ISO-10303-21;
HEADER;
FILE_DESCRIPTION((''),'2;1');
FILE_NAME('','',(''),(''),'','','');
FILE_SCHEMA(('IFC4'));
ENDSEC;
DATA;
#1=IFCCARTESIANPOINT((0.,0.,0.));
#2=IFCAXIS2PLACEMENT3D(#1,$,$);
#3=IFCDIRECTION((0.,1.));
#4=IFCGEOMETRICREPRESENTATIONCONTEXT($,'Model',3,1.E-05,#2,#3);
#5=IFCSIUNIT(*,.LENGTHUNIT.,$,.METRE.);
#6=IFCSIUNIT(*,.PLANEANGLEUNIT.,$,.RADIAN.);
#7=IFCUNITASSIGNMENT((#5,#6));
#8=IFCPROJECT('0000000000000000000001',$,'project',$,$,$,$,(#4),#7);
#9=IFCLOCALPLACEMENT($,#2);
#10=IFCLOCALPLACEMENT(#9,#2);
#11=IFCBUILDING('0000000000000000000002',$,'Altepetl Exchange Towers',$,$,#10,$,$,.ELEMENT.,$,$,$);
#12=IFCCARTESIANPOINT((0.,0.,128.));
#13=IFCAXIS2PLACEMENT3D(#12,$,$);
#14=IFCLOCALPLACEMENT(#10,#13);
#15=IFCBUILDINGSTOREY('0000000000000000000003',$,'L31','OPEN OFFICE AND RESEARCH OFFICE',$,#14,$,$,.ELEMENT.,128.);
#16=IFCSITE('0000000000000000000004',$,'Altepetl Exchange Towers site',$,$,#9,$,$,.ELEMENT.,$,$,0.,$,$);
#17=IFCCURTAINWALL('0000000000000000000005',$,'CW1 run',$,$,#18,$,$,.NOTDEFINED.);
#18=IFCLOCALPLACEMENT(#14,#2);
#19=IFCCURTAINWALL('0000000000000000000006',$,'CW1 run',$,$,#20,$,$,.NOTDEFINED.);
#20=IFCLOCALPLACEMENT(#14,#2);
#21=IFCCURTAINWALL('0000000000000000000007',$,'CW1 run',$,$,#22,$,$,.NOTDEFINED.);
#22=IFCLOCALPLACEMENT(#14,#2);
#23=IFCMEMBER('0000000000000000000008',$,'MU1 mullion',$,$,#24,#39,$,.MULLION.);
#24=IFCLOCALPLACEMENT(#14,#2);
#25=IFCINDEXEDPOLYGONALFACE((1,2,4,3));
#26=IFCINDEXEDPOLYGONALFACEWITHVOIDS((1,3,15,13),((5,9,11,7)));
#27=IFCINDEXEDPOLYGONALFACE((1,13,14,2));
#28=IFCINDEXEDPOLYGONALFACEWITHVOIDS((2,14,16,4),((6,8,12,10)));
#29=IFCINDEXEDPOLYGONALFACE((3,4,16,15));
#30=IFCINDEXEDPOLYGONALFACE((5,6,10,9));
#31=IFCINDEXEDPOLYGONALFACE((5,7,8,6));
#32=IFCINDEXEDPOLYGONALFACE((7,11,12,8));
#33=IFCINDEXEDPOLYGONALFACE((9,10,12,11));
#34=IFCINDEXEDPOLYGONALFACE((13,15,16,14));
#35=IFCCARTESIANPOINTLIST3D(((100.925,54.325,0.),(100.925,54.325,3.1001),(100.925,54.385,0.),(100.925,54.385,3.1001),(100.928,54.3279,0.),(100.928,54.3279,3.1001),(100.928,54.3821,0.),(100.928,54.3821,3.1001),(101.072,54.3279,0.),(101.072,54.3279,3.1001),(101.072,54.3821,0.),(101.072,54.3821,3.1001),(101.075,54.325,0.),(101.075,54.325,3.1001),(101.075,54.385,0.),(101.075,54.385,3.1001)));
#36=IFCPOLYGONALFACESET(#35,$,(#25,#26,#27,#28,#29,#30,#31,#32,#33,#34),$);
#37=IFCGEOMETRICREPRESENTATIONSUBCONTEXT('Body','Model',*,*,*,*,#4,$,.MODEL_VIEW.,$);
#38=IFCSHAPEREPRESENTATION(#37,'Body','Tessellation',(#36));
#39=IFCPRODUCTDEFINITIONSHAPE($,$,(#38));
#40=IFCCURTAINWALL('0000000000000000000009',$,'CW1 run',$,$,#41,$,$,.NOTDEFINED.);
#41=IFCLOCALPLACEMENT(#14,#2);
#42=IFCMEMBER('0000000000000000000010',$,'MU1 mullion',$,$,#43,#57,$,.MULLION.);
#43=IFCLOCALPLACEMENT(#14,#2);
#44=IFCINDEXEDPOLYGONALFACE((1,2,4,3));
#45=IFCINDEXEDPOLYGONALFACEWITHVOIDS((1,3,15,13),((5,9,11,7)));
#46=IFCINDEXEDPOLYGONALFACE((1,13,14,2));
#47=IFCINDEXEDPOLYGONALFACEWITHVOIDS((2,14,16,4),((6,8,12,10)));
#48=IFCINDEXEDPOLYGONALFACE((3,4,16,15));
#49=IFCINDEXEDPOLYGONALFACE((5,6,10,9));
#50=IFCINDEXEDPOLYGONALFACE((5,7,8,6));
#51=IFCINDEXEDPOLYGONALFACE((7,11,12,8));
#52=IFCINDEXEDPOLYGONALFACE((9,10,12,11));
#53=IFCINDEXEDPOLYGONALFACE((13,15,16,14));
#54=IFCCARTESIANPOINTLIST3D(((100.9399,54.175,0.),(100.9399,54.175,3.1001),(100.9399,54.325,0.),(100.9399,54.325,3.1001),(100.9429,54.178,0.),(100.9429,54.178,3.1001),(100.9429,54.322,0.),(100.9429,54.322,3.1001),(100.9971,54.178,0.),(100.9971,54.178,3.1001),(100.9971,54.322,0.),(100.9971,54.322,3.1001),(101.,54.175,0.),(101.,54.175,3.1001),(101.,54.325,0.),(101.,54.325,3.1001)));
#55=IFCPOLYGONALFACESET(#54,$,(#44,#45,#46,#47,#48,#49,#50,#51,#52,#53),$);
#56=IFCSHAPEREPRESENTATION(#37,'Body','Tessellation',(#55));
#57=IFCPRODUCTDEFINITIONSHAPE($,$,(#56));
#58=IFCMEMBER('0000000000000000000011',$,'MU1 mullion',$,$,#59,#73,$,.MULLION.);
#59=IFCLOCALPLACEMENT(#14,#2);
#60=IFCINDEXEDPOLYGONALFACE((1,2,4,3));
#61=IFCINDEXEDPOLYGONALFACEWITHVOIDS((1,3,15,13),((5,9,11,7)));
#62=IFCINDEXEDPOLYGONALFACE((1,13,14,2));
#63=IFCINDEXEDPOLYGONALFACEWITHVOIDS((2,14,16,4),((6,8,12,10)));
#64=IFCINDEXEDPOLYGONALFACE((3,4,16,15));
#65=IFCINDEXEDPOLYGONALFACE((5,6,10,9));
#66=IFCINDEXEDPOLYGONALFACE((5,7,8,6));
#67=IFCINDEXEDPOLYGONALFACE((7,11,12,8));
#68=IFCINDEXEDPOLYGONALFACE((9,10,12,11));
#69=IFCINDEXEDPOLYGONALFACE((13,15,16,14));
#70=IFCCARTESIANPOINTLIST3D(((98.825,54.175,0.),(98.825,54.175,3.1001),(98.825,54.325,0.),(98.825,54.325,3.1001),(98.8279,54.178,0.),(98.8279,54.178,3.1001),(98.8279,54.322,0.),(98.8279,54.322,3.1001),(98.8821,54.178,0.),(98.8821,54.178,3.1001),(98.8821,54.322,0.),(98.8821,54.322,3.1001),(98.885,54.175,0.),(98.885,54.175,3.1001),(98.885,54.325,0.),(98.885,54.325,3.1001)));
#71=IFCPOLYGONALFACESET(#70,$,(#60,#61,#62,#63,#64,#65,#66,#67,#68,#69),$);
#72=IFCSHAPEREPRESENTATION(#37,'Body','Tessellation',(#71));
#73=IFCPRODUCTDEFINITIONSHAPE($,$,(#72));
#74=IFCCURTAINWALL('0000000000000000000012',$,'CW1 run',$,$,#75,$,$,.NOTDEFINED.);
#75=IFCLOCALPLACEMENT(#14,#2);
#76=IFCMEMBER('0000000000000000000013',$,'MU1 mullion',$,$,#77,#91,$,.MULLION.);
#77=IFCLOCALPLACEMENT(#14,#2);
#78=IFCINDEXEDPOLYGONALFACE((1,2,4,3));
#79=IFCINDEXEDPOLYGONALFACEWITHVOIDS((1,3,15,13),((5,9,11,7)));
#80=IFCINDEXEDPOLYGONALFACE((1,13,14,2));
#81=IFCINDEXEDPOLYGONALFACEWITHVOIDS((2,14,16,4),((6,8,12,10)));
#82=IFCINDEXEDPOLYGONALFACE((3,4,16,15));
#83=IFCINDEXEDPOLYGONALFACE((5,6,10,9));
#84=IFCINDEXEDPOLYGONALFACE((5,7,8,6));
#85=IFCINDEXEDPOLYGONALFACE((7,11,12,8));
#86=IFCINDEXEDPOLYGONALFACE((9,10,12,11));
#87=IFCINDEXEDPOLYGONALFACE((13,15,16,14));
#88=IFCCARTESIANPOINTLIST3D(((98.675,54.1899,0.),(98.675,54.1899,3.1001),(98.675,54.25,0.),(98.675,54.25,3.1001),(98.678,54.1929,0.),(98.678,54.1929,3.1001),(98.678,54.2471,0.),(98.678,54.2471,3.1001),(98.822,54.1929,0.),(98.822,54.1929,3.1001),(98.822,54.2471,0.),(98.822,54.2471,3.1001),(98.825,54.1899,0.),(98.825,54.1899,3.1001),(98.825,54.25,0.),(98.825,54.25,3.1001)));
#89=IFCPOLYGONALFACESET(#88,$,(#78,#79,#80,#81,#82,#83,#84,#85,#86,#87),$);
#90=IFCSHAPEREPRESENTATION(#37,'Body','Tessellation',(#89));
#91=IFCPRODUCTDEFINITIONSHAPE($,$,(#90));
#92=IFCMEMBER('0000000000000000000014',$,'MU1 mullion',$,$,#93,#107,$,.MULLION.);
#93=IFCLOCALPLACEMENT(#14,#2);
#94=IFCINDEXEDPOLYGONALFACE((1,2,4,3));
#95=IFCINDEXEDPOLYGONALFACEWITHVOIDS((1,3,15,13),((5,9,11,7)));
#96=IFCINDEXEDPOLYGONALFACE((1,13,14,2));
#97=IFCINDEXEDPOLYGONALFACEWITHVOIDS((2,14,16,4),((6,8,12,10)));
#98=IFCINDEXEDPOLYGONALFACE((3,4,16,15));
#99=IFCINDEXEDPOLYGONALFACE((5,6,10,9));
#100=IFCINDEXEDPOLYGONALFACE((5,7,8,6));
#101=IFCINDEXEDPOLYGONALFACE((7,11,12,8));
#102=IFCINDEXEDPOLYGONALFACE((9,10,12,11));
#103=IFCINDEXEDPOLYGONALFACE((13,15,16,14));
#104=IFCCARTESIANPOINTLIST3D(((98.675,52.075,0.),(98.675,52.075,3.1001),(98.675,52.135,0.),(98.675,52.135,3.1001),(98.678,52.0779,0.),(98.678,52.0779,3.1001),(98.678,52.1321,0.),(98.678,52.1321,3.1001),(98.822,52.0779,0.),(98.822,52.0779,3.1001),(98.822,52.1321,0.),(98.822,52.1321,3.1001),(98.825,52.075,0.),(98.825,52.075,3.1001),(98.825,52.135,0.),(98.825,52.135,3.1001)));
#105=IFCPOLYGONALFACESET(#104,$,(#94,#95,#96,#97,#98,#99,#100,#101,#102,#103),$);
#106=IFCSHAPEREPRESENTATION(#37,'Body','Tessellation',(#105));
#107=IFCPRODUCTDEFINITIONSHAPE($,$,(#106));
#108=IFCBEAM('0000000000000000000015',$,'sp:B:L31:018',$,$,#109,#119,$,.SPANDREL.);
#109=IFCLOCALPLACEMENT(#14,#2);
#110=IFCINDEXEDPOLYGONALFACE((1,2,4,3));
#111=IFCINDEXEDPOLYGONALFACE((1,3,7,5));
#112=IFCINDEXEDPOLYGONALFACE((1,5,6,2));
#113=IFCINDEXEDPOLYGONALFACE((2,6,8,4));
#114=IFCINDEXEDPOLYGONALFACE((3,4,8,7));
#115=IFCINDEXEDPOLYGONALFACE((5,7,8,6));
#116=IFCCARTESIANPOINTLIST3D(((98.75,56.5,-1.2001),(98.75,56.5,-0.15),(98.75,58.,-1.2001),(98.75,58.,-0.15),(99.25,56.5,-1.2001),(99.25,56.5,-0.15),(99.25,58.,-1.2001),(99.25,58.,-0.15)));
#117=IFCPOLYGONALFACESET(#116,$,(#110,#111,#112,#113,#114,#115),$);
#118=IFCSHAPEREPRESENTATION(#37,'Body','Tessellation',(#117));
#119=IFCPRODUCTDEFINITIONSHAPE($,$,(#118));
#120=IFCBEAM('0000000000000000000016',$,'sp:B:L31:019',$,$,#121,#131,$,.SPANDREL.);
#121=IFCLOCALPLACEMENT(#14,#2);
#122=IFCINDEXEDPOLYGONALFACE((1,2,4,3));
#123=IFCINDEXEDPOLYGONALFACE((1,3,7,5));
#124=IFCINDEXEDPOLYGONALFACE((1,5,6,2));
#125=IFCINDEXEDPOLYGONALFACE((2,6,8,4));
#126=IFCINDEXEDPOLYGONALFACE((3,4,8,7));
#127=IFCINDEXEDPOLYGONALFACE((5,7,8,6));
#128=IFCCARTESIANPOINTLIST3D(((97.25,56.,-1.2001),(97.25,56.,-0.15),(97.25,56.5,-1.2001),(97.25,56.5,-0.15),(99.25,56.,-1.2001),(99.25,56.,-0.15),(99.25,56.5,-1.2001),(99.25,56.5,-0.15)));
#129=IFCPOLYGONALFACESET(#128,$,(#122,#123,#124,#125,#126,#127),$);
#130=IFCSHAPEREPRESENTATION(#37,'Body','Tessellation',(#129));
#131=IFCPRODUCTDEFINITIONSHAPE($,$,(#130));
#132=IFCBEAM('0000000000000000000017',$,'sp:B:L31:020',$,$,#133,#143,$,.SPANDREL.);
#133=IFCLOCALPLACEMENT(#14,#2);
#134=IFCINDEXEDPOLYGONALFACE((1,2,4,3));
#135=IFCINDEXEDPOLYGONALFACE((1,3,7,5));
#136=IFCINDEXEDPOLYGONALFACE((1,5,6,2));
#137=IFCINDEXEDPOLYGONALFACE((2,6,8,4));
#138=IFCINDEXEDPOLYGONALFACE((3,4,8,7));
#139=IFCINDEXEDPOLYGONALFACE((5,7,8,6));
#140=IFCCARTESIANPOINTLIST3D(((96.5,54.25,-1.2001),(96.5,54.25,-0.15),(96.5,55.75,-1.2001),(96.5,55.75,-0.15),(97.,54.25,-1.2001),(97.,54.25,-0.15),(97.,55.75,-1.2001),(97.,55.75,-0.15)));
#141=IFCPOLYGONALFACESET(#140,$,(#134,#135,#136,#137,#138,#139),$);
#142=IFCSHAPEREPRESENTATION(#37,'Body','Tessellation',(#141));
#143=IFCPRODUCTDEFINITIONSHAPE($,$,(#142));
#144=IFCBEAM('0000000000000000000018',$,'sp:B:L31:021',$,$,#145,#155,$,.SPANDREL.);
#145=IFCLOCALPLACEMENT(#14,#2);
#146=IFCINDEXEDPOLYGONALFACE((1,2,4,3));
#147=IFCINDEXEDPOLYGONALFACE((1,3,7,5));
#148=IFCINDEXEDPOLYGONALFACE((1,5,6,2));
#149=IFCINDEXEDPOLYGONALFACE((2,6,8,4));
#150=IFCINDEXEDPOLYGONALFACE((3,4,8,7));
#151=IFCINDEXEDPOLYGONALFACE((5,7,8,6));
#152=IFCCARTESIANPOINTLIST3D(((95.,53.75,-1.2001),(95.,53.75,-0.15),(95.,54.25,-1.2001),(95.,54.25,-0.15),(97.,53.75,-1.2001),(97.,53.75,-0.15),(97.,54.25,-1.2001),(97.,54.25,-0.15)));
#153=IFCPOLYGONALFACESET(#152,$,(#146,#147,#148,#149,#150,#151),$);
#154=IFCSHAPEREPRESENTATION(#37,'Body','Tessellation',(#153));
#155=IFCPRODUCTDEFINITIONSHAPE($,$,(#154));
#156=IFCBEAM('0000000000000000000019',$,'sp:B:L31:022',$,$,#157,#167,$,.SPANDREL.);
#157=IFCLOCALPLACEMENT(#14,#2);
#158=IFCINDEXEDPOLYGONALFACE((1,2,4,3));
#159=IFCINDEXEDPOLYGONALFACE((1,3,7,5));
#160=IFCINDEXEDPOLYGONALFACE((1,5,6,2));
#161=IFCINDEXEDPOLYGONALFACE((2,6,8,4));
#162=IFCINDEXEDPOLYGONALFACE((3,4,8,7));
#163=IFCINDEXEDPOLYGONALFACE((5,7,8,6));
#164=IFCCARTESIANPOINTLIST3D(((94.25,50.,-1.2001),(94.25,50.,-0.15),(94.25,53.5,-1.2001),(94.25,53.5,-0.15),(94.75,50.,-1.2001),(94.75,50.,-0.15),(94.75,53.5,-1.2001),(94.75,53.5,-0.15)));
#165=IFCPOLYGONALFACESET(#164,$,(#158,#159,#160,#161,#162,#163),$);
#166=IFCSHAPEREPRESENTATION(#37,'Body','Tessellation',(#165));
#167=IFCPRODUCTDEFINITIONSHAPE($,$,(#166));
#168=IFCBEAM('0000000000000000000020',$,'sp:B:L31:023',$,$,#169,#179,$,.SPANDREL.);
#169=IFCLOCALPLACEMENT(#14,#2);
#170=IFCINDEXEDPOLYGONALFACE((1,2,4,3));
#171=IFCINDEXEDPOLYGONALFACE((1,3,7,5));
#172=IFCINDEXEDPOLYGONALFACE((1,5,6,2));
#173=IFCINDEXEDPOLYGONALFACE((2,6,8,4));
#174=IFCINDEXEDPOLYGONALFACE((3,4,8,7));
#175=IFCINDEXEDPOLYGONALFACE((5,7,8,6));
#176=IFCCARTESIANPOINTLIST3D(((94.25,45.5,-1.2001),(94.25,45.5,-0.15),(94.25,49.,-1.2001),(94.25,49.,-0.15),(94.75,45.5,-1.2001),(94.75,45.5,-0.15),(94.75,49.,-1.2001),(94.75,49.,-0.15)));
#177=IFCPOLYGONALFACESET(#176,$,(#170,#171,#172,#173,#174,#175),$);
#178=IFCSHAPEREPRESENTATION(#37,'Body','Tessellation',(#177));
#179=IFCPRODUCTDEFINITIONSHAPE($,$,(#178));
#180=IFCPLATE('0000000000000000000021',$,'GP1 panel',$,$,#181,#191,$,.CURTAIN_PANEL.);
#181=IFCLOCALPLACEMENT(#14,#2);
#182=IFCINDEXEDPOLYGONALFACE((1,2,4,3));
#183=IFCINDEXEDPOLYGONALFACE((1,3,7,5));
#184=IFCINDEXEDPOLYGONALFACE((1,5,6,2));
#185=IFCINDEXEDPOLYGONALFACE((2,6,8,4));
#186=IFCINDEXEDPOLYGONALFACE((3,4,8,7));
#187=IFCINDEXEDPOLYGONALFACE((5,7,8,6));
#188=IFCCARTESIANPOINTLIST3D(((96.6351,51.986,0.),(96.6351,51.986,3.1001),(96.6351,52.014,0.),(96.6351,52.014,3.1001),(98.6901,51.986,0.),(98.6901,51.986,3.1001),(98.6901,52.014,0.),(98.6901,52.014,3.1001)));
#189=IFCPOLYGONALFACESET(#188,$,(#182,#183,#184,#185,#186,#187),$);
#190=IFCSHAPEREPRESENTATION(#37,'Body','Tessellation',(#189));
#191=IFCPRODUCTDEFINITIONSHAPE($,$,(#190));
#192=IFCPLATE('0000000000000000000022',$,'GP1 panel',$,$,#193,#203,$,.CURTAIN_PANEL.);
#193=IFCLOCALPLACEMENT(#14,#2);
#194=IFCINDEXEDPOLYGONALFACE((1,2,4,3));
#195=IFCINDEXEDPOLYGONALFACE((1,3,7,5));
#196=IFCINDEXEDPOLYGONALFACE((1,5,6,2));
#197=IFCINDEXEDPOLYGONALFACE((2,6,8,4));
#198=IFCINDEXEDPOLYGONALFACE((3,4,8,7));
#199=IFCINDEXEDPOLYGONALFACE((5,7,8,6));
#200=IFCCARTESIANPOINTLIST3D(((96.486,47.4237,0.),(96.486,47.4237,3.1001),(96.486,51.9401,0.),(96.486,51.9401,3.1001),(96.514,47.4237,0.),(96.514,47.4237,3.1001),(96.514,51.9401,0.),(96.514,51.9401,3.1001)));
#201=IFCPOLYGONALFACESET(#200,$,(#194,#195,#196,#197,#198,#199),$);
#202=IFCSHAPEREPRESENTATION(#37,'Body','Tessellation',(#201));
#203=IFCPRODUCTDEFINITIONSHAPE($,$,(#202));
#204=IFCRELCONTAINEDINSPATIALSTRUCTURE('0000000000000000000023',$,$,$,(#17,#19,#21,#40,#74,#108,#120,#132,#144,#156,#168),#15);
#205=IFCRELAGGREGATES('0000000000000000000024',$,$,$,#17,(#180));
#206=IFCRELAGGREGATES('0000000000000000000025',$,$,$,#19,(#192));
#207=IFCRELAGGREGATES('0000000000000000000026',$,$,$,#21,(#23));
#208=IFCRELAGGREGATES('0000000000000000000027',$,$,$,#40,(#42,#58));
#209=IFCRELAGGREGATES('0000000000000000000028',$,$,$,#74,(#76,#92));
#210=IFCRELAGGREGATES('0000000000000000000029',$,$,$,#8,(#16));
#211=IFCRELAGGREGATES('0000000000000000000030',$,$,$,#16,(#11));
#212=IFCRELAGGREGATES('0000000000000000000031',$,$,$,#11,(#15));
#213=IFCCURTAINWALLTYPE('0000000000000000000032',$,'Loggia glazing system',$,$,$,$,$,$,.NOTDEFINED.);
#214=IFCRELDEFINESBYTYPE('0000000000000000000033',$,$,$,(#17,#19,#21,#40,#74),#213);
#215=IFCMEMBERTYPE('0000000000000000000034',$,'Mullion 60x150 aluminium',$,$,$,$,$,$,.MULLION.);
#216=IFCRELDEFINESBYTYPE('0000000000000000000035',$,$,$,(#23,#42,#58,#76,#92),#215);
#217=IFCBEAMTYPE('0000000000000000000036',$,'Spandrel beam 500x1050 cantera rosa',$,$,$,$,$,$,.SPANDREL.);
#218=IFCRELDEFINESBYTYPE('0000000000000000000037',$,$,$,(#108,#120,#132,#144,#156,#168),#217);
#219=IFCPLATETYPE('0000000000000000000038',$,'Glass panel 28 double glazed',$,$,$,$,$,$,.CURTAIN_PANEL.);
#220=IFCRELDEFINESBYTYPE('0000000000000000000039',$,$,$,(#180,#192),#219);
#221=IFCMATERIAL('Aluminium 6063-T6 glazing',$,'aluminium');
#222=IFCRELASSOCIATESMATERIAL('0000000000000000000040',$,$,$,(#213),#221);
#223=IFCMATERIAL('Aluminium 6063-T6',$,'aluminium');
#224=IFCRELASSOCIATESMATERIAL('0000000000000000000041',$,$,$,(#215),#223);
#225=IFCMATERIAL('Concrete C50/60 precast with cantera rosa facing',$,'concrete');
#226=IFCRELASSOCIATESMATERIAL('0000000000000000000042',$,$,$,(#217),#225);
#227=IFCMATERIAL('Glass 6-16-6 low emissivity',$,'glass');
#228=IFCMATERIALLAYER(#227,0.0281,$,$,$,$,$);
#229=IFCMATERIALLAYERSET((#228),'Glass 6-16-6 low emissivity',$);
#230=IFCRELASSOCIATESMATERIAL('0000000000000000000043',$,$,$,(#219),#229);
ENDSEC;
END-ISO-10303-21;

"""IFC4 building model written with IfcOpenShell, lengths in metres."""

from ifc_helpers import new_model, si_unit, direction, frame, origin, origin_2d, place, context, subcontext, project, spatial, rectangle, hollow_rectangle, extrude, material, layer, layer_set, material_profile, profile_set, type_object, element, aggregate, save


model = new_model("IFC4")

# Units and contexts
model_context = context("Model", 3, precision=1e-05, world=origin(), true_north=direction((0.0, 1.0)))
body_context = subcontext(model_context, "Body", "Model", "MODEL_VIEW")
ifc_project = project(units=[si_unit("LENGTHUNIT", "METRE"), si_unit("PLANEANGLEUNIT", "RADIAN")], contexts=[model_context])

# Site, building, storey
site_placement = place(None, origin())
site = spatial("IfcSite", under=ifc_project, at=site_placement, Name="Altepetl Exchange Towers site", CompositionType="ELEMENT", RefElevation=0.0)
building_placement = place(site_placement, origin())
building = spatial("IfcBuilding", under=site, at=building_placement, Name="Altepetl Exchange Towers", CompositionType="ELEMENT")
storey_placement = place(building_placement, frame((0.0, 0.0, 128.0)))
storey = spatial("IfcBuildingStorey", under=building, at=storey_placement, Name="L31", Description="OPEN OFFICE AND RESEARCH OFFICE", CompositionType="ELEMENT", Elevation=128.0)

# Curtain walls, members
ifc_material_1 = material(Name="Aluminium 6063-T6 glazing", Category="aluminium")
curtain_wall_type = type_object("IfcCurtainWallType", Name="Loggia glazing system", PredefinedType="NOTDEFINED", material=ifc_material_1)
curtain_wall_1_placement = place(storey_placement, origin())
curtain_wall_1 = element("IfcCurtainWall", 1, at=curtain_wall_1_placement, inside=storey, type_object=curtain_wall_type, Name="CW1 run", PredefinedType="NOTDEFINED")
ifc_material_2 = material(Name="Aluminium 6063-T6", Category="aluminium")
ifc_material_profile_1 = material_profile(ifc_material_2, hollow_rectangle(XDim=0.0601, YDim=0.1499, WallThickness=0.0029, at=origin_2d()), Name="Mullion 60x150 aluminium")
ifc_profile_set_1 = profile_set([ifc_material_profile_1], Name="Aluminium 6063-T6")
member_type = type_object("IfcMemberType", Name="Mullion 60x150 aluminium", PredefinedType="MULLION", material=ifc_profile_set_1)
curtain_wall_2_placement = place(storey_placement, origin())
curtain_wall_2 = element("IfcCurtainWall", 2, at=curtain_wall_2_placement, inside=storey, type_object=curtain_wall_type, Name="CW1 run", PredefinedType="NOTDEFINED")
curtain_wall_3_placement = place(storey_placement, origin())
curtain_wall_3 = element("IfcCurtainWall", 3, at=curtain_wall_3_placement, inside=storey, type_object=curtain_wall_type, Name="CW1 run", PredefinedType="NOTDEFINED")
member_1_placement = place(storey_placement, frame((101.0, 54.355, 0.0), z_axis=(0.0, 0.0, 1.0), x_axis=(0.0, -1.0, 0.0)))
member_1 = element("IfcMember", 4, at=member_1_placement, type_object=member_type, Name="MU1 mullion", PredefinedType="MULLION", context=body_context, shape_type="SweptSolid", body=[
    extrude(hollow_rectangle(XDim=0.0601, YDim=0.1499, WallThickness=0.0029, at=origin_2d()), origin(), (0.0, 0.0, 1.0), 3.1001),
])
curtain_wall_4_placement = place(storey_placement, origin())
curtain_wall_4 = element("IfcCurtainWall", 5, at=curtain_wall_4_placement, inside=storey, type_object=curtain_wall_type, Name="CW1 run", PredefinedType="NOTDEFINED")
member_2_placement = place(storey_placement, frame((100.97, 54.25, 0.0), z_axis=(0.0, 0.0, 1.0), x_axis=(-1.0, 0.0, 0.0)))
member_2 = element("IfcMember", 6, at=member_2_placement, type_object=member_type, Name="MU1 mullion", PredefinedType="MULLION", context=body_context, shape_type="SweptSolid", body=[
    extrude(hollow_rectangle(XDim=0.0601, YDim=0.1499, WallThickness=0.0029, at=origin_2d()), origin(), (0.0, 0.0, 1.0), 3.1001),
])
member_3_placement = place(storey_placement, frame((98.855, 54.25, 0.0), z_axis=(0.0, 0.0, 1.0), x_axis=(-1.0, 0.0, 0.0)))
member_3 = element("IfcMember", 7, at=member_3_placement, type_object=member_type, Name="MU1 mullion", PredefinedType="MULLION", context=body_context, shape_type="SweptSolid", body=[
    extrude(hollow_rectangle(XDim=0.0601, YDim=0.1499, WallThickness=0.0029, at=origin_2d()), origin(), (0.0, 0.0, 1.0), 3.1001),
])
curtain_wall_5_placement = place(storey_placement, origin())
curtain_wall_5 = element("IfcCurtainWall", 8, at=curtain_wall_5_placement, inside=storey, type_object=curtain_wall_type, Name="CW1 run", PredefinedType="NOTDEFINED")
member_4_placement = place(storey_placement, frame((98.75, 54.22, 0.0), z_axis=(0.0, 0.0, 1.0), x_axis=(0.0, -1.0, 0.0)))
member_4 = element("IfcMember", 9, at=member_4_placement, type_object=member_type, Name="MU1 mullion", PredefinedType="MULLION", context=body_context, shape_type="SweptSolid", body=[
    extrude(hollow_rectangle(XDim=0.0601, YDim=0.1499, WallThickness=0.0029, at=origin_2d()), origin(), (0.0, 0.0, 1.0), 3.1001),
])
member_5_placement = place(storey_placement, frame((98.75, 52.105, 0.0), z_axis=(0.0, 0.0, 1.0), x_axis=(0.0, -1.0, 0.0)))
member_5 = element("IfcMember", 10, at=member_5_placement, type_object=member_type, Name="MU1 mullion", PredefinedType="MULLION", context=body_context, shape_type="SweptSolid", body=[
    extrude(hollow_rectangle(XDim=0.0601, YDim=0.1499, WallThickness=0.0029, at=origin_2d()), origin(), (0.0, 0.0, 1.0), 3.1001),
])

# Beams
ifc_material_3 = material(Name="Concrete C50/60 precast with cantera rosa facing", Category="concrete")
ifc_material_profile_2 = material_profile(ifc_material_3, rectangle(XDim=0.5, YDim=1.05, at=origin_2d()), Name="500 x 1050")
ifc_profile_set_2 = profile_set([ifc_material_profile_2], Name="Concrete C50/60 precast with cantera rosa facing")
beam_type_1 = type_object("IfcBeamType", Name="Spandrel beam 500x1050 cantera rosa", PredefinedType="SPANDREL", material=ifc_profile_set_2)
beam_1_placement = place(storey_placement, frame((99.0, 58.0, -0.675), z_axis=(0.0, -1.0, 0.0), x_axis=(1.0, 0.0, 0.0)))
element("IfcBeam", 11, at=beam_1_placement, inside=storey, type_object=beam_type_1, Name="sp:B:L31:018", PredefinedType="SPANDREL", context=body_context, shape_type="SweptSolid", body=[
    extrude(rectangle(XDim=0.5, YDim=1.05, at=origin_2d()), origin(), (0.0, 0.0, 1.0), 1.5),
])
beam_2_placement = place(storey_placement, frame((99.25, 56.25, -0.675), z_axis=(-1.0, 0.0, 0.0), x_axis=(0.0, -1.0, 0.0)))
element("IfcBeam", 12, at=beam_2_placement, inside=storey, type_object=beam_type_1, Name="sp:B:L31:019", PredefinedType="SPANDREL", context=body_context, shape_type="SweptSolid", body=[
    extrude(rectangle(XDim=0.5, YDim=1.05, at=origin_2d()), origin(), (0.0, 0.0, 1.0), 2.0),
])
beam_3_placement = place(storey_placement, frame((96.75, 55.75, -0.675), z_axis=(0.0, -1.0, 0.0), x_axis=(1.0, 0.0, 0.0)))
element("IfcBeam", 13, at=beam_3_placement, inside=storey, type_object=beam_type_1, Name="sp:B:L31:020", PredefinedType="SPANDREL", context=body_context, shape_type="SweptSolid", body=[
    extrude(rectangle(XDim=0.5, YDim=1.05, at=origin_2d()), origin(), (0.0, 0.0, 1.0), 1.5),
])
beam_4_placement = place(storey_placement, frame((97.0, 54.0, -0.675), z_axis=(-1.0, 0.0, 0.0), x_axis=(0.0, -1.0, 0.0)))
element("IfcBeam", 14, at=beam_4_placement, inside=storey, type_object=beam_type_1, Name="sp:B:L31:021", PredefinedType="SPANDREL", context=body_context, shape_type="SweptSolid", body=[
    extrude(rectangle(XDim=0.5, YDim=1.05, at=origin_2d()), origin(), (0.0, 0.0, 1.0), 2.0),
])
for number, where, z_axis, x_axis, name in (
    (15, (94.5, 53.5, -0.675), (0.0, -1.0, 0.0), (1.0, 0.0, 0.0), "sp:B:L31:022"),
    (16, (94.5, 49.0, -0.675), (0.0, -1.0, 0.0), (1.0, 0.0, 0.0), "sp:B:L31:023"),
):
    element("IfcBeam", number, at=place(storey_placement, frame(where, z_axis=z_axis, x_axis=x_axis)), inside=storey, type_object=beam_type_1, Name=name, PredefinedType="SPANDREL", context=body_context, shape_type="SweptSolid", body=[
        extrude(rectangle(XDim=0.5, YDim=1.05, at=origin_2d()), origin(), (0.0, 0.0, 1.0), 3.5),
    ])

# Plates
ifc_material_4 = material(Name="Glass 6-16-6 low emissivity", Category="glass")
ifc_layer_1 = layer(ifc_material_4, 0.0281)
ifc_layer_set_1 = layer_set([ifc_layer_1], Name="Glass 6-16-6 low emissivity")
plate_type = type_object("IfcPlateType", Name="Glass panel 28 double glazed", PredefinedType="CURTAIN_PANEL", material=ifc_layer_set_1)
plate_1_placement = place(storey_placement, frame((97.6626, 52.0, 0.0), z_axis=(0.0, 0.0, 1.0), x_axis=(-1.0, 0.0, 0.0)))
plate_1 = element("IfcPlate", 17, at=plate_1_placement, type_object=plate_type, Name="GP1 panel", PredefinedType="CURTAIN_PANEL", context=body_context, shape_type="SweptSolid", body=[
    extrude(rectangle(XDim=2.0549, YDim=0.0281, at=origin_2d()), origin(), (0.0, 0.0, 1.0), 3.1001),
])
aggregate(curtain_wall_1, [plate_1])
plate_2_placement = place(storey_placement, frame((96.5, 49.6819, 0.0), z_axis=(0.0, 0.0, 1.0), x_axis=(0.0, -1.0, 0.0)))
plate_2 = element("IfcPlate", 18, at=plate_2_placement, type_object=plate_type, Name="GP1 panel", PredefinedType="CURTAIN_PANEL", context=body_context, shape_type="SweptSolid", body=[
    extrude(rectangle(XDim=4.5164, YDim=0.0281, at=origin_2d()), origin(), (0.0, 0.0, 1.0), 3.1001),
])
aggregate(curtain_wall_2, [plate_2])
aggregate(curtain_wall_3, [member_1])
aggregate(curtain_wall_4, [member_2, member_3])
aggregate(curtain_wall_5, [member_4, member_5])

save(model, "model.ifc")
